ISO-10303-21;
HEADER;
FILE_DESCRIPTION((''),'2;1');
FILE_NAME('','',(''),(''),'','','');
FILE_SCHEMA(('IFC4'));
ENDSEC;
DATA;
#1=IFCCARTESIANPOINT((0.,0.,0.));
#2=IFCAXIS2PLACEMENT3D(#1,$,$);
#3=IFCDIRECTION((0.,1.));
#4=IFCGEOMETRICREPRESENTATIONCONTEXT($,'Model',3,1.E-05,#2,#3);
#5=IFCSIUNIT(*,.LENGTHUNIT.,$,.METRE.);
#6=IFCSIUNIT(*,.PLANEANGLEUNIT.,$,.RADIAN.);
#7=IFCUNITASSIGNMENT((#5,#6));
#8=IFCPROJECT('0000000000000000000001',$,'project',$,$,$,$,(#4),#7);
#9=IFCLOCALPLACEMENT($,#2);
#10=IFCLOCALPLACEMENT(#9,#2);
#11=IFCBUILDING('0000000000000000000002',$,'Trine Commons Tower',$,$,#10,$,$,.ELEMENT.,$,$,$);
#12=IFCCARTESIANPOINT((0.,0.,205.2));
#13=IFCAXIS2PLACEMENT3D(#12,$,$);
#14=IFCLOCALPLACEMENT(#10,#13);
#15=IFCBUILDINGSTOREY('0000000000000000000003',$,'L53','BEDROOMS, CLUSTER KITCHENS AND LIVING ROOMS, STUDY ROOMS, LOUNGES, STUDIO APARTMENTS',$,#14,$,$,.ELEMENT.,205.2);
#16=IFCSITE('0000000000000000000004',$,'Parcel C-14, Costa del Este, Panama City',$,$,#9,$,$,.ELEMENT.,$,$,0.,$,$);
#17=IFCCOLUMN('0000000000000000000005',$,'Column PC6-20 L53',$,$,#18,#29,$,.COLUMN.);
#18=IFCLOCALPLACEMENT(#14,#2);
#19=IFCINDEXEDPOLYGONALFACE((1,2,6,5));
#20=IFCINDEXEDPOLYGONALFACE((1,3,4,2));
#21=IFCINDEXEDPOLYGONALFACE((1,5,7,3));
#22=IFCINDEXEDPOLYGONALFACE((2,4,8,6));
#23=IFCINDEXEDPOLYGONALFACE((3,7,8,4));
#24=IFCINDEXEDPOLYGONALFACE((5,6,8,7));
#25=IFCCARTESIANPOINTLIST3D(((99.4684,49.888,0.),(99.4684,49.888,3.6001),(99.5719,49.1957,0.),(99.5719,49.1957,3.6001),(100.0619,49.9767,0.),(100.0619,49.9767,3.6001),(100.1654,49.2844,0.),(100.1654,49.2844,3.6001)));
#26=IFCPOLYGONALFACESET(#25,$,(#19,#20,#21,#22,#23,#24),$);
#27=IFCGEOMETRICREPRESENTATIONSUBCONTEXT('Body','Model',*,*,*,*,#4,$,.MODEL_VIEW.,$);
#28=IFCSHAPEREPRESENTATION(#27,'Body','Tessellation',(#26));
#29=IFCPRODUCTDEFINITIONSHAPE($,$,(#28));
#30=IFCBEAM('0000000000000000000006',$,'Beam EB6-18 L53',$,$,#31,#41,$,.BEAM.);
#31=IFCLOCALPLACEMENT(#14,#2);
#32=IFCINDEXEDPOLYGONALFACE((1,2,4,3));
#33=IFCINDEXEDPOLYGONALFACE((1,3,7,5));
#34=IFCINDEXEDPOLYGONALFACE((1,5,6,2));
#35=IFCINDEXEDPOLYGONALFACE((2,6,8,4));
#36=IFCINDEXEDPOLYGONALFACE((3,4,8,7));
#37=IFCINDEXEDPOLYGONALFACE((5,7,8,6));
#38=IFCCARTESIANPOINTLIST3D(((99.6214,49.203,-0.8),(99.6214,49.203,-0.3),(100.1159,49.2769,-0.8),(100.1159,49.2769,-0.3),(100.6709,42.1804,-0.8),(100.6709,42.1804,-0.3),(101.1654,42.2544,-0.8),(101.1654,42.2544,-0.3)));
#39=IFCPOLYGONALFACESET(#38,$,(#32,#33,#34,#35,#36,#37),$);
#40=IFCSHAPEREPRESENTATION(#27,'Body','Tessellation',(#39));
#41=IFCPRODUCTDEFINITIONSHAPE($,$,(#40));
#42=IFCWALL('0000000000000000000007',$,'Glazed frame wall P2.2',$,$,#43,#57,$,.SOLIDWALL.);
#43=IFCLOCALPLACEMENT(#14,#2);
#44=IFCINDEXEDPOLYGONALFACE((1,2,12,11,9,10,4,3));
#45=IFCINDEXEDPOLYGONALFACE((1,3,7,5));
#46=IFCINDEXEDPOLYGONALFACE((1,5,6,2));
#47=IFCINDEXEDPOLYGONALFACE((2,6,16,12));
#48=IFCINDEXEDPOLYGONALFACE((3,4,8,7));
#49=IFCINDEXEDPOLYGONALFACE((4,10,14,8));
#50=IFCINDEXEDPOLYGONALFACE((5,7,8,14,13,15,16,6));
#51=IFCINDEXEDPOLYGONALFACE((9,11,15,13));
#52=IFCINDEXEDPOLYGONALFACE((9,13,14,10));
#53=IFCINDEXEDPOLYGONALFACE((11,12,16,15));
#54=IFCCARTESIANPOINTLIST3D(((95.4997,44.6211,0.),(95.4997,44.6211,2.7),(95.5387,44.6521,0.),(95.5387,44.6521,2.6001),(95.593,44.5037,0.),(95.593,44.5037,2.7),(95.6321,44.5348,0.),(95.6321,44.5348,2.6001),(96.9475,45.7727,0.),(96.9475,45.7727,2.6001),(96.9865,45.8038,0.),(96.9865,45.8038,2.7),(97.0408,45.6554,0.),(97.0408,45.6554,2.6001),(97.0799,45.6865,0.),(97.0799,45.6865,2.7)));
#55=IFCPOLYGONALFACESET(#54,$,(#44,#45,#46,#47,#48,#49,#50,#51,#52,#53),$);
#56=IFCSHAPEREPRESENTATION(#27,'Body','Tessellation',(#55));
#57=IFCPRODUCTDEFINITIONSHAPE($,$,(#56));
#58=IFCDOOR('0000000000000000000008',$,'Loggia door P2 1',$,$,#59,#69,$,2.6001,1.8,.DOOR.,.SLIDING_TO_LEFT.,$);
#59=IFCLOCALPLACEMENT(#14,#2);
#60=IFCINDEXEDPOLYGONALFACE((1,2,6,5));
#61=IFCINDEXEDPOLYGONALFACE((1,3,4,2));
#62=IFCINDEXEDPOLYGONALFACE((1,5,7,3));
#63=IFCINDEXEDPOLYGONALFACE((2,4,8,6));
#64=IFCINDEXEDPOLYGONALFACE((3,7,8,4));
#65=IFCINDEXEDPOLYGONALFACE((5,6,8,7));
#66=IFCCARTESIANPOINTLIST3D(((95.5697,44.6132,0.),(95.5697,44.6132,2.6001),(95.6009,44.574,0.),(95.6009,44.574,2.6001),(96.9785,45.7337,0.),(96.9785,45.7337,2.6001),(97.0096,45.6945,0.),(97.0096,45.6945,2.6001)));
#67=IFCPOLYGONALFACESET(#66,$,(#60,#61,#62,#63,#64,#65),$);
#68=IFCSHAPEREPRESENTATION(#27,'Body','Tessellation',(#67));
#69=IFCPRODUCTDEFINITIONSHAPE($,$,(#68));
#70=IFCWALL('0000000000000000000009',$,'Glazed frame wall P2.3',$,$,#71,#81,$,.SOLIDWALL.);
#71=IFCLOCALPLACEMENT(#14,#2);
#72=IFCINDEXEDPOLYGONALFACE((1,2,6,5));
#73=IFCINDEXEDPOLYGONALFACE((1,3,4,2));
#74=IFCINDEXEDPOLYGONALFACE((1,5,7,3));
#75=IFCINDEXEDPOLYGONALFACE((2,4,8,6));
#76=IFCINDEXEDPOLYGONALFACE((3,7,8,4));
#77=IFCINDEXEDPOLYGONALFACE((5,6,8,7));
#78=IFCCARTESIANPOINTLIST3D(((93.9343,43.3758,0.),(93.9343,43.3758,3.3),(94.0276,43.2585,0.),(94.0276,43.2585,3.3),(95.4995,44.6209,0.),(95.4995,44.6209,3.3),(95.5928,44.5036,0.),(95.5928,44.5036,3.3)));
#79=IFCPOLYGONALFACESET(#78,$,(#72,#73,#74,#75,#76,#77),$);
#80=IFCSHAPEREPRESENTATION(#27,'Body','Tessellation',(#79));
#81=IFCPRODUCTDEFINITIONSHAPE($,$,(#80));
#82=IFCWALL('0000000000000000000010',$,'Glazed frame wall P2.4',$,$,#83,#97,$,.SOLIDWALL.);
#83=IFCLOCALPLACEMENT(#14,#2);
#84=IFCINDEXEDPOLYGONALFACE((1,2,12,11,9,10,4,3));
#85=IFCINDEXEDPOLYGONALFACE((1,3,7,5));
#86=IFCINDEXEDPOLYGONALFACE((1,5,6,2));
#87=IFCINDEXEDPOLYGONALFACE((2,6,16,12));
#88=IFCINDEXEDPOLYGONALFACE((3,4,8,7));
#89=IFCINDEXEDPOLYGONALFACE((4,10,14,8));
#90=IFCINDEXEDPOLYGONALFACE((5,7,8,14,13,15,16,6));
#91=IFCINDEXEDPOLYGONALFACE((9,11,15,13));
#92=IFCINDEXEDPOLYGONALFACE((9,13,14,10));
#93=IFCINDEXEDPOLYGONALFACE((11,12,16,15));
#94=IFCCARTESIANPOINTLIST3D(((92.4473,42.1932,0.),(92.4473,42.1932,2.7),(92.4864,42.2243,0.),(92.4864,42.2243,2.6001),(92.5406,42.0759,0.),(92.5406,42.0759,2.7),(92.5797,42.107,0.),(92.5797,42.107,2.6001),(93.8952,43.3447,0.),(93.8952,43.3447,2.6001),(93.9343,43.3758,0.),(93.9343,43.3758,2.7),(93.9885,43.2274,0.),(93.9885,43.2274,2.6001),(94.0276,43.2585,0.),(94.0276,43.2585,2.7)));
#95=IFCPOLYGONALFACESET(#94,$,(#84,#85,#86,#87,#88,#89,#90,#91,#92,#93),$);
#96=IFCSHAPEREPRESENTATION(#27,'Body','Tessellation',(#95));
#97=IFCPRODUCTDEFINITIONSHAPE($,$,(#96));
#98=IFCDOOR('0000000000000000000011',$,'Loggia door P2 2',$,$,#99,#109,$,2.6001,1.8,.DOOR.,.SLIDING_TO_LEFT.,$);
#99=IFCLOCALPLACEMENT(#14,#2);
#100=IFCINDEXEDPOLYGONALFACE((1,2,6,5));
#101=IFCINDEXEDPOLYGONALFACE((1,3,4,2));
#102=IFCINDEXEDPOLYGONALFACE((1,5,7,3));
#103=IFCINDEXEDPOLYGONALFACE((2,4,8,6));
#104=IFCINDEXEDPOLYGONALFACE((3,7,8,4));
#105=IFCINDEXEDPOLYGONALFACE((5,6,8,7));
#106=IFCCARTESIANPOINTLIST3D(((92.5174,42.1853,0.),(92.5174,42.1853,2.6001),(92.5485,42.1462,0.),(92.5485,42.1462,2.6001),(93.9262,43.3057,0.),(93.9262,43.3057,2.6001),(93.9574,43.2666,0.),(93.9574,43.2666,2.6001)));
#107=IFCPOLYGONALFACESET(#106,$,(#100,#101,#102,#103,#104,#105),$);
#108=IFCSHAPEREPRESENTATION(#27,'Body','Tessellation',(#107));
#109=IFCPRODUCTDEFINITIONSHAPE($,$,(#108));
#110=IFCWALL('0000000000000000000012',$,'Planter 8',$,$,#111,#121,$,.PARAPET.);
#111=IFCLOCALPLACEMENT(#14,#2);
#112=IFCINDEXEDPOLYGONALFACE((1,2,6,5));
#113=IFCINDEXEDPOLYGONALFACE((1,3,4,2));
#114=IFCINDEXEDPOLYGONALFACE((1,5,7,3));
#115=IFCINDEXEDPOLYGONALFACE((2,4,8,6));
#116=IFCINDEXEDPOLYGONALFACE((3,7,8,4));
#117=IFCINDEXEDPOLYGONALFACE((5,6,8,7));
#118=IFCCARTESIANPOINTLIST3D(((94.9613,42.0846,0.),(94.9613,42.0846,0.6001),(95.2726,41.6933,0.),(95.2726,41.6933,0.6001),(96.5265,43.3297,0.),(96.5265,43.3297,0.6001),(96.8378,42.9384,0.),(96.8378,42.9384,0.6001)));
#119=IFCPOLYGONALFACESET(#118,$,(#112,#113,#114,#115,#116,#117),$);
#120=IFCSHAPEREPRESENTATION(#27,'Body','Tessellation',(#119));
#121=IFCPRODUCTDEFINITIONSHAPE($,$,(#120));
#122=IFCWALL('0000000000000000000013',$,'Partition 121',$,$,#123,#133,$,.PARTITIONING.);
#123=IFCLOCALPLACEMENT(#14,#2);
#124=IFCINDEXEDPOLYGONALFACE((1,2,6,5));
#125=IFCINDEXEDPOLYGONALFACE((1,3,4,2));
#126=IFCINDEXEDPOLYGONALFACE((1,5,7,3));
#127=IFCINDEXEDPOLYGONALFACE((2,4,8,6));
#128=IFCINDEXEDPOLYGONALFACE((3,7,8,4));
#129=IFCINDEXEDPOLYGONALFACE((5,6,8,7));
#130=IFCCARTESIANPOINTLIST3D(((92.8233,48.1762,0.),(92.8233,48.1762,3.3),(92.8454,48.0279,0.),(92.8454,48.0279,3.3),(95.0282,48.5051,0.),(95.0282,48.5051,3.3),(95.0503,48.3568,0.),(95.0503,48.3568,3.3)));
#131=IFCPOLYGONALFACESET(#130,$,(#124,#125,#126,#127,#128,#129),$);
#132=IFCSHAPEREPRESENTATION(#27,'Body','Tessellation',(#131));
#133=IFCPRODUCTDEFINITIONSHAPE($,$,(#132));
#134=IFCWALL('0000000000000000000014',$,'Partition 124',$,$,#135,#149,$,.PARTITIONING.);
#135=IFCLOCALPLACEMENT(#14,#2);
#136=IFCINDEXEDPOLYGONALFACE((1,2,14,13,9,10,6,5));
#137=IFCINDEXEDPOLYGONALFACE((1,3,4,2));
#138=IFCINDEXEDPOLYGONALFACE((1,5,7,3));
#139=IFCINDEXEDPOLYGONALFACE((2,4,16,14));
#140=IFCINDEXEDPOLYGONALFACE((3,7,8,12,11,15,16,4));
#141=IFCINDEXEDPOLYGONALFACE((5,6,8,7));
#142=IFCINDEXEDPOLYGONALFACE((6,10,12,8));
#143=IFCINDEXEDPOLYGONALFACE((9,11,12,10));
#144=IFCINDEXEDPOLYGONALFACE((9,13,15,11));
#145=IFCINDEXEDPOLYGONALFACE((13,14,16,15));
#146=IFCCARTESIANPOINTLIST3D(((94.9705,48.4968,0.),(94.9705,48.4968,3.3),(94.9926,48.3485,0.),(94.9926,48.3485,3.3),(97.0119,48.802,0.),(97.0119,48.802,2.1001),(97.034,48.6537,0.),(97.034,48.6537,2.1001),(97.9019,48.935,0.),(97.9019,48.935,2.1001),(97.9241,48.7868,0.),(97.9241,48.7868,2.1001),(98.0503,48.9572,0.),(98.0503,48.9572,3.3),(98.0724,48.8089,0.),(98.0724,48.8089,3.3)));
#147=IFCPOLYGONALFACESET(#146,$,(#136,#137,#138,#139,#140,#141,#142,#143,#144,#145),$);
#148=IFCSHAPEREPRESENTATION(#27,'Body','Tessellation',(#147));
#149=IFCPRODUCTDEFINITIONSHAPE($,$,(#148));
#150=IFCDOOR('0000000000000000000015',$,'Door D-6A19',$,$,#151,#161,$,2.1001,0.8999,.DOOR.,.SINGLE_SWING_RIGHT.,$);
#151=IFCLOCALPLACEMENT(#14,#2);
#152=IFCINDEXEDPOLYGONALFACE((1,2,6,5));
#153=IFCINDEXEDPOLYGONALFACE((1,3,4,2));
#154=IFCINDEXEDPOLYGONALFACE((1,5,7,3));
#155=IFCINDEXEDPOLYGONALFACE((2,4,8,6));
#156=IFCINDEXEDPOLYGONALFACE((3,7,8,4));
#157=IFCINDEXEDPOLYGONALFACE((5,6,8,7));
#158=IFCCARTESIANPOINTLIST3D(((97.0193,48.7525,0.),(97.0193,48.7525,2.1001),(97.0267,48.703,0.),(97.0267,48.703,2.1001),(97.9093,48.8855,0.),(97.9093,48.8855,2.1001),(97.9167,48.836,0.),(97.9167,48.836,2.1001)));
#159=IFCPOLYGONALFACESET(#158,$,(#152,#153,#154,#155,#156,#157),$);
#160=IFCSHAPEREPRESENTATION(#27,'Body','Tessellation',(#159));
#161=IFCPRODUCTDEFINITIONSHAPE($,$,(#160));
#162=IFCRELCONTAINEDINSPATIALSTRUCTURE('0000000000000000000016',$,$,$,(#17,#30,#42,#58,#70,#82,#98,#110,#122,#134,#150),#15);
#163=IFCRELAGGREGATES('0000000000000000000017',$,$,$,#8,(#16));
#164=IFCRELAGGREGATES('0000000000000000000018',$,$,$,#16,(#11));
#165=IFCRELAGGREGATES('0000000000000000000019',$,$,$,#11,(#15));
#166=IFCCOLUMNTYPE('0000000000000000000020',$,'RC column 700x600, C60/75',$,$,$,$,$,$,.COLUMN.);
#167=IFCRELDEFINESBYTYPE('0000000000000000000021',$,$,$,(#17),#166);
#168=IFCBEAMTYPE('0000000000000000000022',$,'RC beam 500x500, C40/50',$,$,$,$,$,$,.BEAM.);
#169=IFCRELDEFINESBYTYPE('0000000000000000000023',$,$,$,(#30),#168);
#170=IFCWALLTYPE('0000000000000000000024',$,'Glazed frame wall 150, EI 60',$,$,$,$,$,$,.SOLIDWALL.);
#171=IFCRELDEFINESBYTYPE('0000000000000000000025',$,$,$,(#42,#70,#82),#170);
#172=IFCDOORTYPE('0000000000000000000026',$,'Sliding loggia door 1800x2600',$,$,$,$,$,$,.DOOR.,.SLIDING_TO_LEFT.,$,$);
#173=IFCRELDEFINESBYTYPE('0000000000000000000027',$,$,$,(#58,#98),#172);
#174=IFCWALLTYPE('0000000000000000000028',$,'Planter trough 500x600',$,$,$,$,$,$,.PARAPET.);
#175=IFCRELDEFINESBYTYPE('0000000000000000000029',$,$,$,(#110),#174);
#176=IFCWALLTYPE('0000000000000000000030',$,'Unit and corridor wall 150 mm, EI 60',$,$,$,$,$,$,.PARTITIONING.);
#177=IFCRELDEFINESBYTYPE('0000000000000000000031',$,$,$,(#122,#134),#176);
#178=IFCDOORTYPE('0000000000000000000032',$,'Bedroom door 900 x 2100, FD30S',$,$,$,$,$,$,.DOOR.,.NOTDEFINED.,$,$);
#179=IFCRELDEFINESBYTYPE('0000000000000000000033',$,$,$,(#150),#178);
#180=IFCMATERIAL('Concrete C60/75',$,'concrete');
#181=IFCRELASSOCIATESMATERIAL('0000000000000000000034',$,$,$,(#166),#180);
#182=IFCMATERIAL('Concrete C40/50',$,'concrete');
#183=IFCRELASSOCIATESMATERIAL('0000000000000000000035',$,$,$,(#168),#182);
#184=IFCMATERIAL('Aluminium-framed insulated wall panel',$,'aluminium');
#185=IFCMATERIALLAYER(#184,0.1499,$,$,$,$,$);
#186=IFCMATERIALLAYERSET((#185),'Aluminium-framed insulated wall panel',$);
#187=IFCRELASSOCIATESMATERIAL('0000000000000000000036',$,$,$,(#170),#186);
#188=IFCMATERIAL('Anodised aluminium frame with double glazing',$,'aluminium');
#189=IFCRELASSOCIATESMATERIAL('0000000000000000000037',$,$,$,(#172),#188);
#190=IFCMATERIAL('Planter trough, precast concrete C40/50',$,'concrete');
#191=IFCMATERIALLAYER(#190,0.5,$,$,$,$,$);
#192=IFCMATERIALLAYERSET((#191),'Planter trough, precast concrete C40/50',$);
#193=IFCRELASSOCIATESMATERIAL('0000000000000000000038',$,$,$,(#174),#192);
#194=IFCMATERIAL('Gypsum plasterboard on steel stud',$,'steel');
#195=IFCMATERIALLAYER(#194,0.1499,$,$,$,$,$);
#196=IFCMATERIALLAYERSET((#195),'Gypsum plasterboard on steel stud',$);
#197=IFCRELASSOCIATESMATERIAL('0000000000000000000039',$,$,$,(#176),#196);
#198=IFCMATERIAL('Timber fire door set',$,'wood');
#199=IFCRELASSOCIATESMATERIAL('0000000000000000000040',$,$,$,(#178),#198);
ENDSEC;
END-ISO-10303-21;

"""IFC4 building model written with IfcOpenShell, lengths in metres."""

from ifc_helpers import new_model, si_unit, direction, frame, frame_2d, origin, origin_2d, place, context, subcontext, project, spatial, polyline, rectangle, outline, extrude, material, layer, layer_set, material_profile, profile_set, type_object, element, fill, save


model = new_model("IFC4")

# Units and contexts
model_context = context("Model", 3, precision=1e-05, world=origin(), true_north=direction((0.0, 1.0)))
body_context = subcontext(model_context, "Body", "Model", "MODEL_VIEW")
ifc_project = project(units=[si_unit("LENGTHUNIT", "METRE"), si_unit("PLANEANGLEUNIT", "RADIAN")], contexts=[model_context])

# Site, building, storey
site_placement = place(None, origin())
site = spatial("IfcSite", under=ifc_project, at=site_placement, Name="Parcel C-14, Costa del Este, Panama City", CompositionType="ELEMENT", RefElevation=0.0)
building_placement = place(site_placement, origin())
building = spatial("IfcBuilding", under=site, at=building_placement, Name="Trine Commons Tower", CompositionType="ELEMENT")
storey_placement = place(building_placement, frame((0.0, 0.0, 205.2)))
storey = spatial("IfcBuildingStorey", under=building, at=storey_placement, Name="L53", Description="BEDROOMS, CLUSTER KITCHENS AND LIVING ROOMS, STUDY ROOMS, LOUNGES, STUDIO APARTMENTS", CompositionType="ELEMENT", Elevation=205.2)

# Column
ifc_material_1 = material(Name="Concrete C60/75", Category="concrete")
ifc_material_profile_1 = material_profile(ifc_material_1, rectangle(XDim=0.7, YDim=0.6001, at=origin_2d()), Name="RC 700x600")
ifc_profile_set_1 = profile_set([ifc_material_profile_1], Name="Concrete C60/75")
column_type = type_object("IfcColumnType", Name="RC column 700x600, C60/75", PredefinedType="COLUMN", material=ifc_profile_set_1)
column_placement = place(storey_placement, frame((99.8169, 49.5862, 0.0), z_axis=(0.0, 0.0, 1.0), x_axis=(-0.147809, 0.989016, 0.0)))
element("IfcColumn", 1, at=column_placement, inside=storey, type_object=column_type, Name="Column PC6-20 L53", PredefinedType="COLUMN", context=body_context, shape_type="SweptSolid", body=[
    extrude(rectangle(XDim=0.7, YDim=0.6001, at=origin_2d()), origin(), (0.0, 0.0, 1.0), 3.6001),
])

# Beam
ifc_material_2 = material(Name="Concrete C40/50", Category="concrete")
ifc_material_profile_2 = material_profile(ifc_material_2, rectangle(XDim=0.5, YDim=0.5, at=origin_2d()), Name="RC 500x500")
ifc_profile_set_2 = profile_set([ifc_material_profile_2], Name="Concrete C40/50")
beam_type = type_object("IfcBeamType", Name="RC beam 500x500, C40/50", PredefinedType="BEAM", material=ifc_profile_set_2)
beam_placement = place(storey_placement, frame((99.8687, 49.24, -0.55), z_axis=(0.147811, -0.989016, 0.0), x_axis=(0.989016, 0.147811, 0.0)))
element("IfcBeam", 2, at=beam_placement, inside=storey, type_object=beam_type, Name="Beam EB6-18 L53", PredefinedType="BEAM", context=body_context, shape_type="SweptSolid", body=[
    extrude(rectangle(XDim=0.5, YDim=0.5, at=origin_2d()), origin(), (0.0, 0.0, 1.0), 7.1006),
])

# Shared definitions
ifc_material_3 = material(Name="Aluminium-framed insulated wall panel", Category="aluminium")
ifc_layer_1 = layer(ifc_material_3, 0.1499)
ifc_layer_set_1 = layer_set([ifc_layer_1], Name="Aluminium-framed insulated wall panel")
wall_type_1 = type_object("IfcWallType", Name="Glazed frame wall 150, EI 60", PredefinedType="SOLIDWALL", material=ifc_layer_set_1)

# Wall, opening, door
wall_1_placement = place(storey_placement, frame((97.0332, 45.7451, 0.0), z_axis=(0.0, 0.0, 1.0), x_axis=(-0.782608, -0.622515, 0.0)))
wall_1 = element("IfcWall", 3, at=wall_1_placement, inside=storey, type_object=wall_type_1, Name="Glazed frame wall P2.2", PredefinedType="SOLIDWALL", context=body_context, shape_type="SweptSolid", body=[
    extrude(outline(polyline([(0.0, -0.075), (1.8999, -0.075), (1.8999, 0.075), (0.0, 0.075), (0.0, -0.075)])), origin(), (0.0, 0.0, 1.0), 2.7),
])
opening_1_placement = place(wall_1_placement, frame((0.05, 0.0, 0.0)))
opening_1 = element("IfcOpeningElement", 4, at=opening_1_placement, cuts=wall_1, PredefinedType="OPENING", context=body_context, shape_type="SweptSolid", body=[
    extrude(rectangle(XDim=1.8, YDim=2.6001, at=frame_2d((0.8999, 1.3))), frame((0.0, 0.085, 0.0), z_axis=(0.0, -1.0, 0.0), x_axis=(1.0, 0.0, 0.0)), (0.0, 0.0, 1.0), 0.1699),
])
ifc_material_4 = material(Name="Anodised aluminium frame with double glazing", Category="aluminium")
door_type_1 = type_object("IfcDoorType", Name="Sliding loggia door 1800x2600", OperationType="SLIDING_TO_LEFT", PredefinedType="DOOR", material=ifc_material_4)
door_1_placement = place(opening_1_placement, origin())
door_1 = element("IfcDoor", 5, at=door_1_placement, inside=storey, type_object=door_type_1, Name="Loggia door P2 1", OperationType="SLIDING_TO_LEFT", OverallHeight=2.6001, OverallWidth=1.8, PredefinedType="DOOR", context=body_context, shape_type="SweptSolid", body=[
    extrude(rectangle(XDim=1.8, YDim=2.6001, at=frame_2d((0.8999, 1.3))), frame((0.0, 0.0249, 0.0), z_axis=(0.0, -1.0, 0.0), x_axis=(1.0, 0.0, 0.0)), (0.0, 0.0, 1.0), 0.05),
])
fill(opening_1, door_1)

# Wall
wall_2_placement = place(storey_placement, frame((95.5461, 44.5623, 0.0), z_axis=(0.0, 0.0, 1.0), x_axis=(-0.782581, -0.622549, 0.0)))
element("IfcWall", 6, at=wall_2_placement, inside=storey, type_object=wall_type_1, Name="Glazed frame wall P2.3", PredefinedType="SOLIDWALL", context=body_context, shape_type="SweptSolid", body=[
    extrude(outline(polyline([(0.0, -0.075), (2.0, -0.075), (2.0, 0.075), (0.0, 0.075), (0.0, -0.075)])), origin(), (0.0, 0.0, 1.0), 3.3),
])

# Wall, opening, door
wall_3_placement = place(storey_placement, frame((93.981, 43.3171, 0.0), z_axis=(0.0, 0.0, 1.0), x_axis=(-0.782671, -0.622436, 0.0)))
wall_3 = element("IfcWall", 7, at=wall_3_placement, inside=storey, type_object=wall_type_1, Name="Glazed frame wall P2.4", PredefinedType="SOLIDWALL", context=body_context, shape_type="SweptSolid", body=[
    extrude(outline(polyline([(0.0, -0.075), (1.8999, -0.075), (1.8999, 0.075), (0.0, 0.075), (0.0, -0.075)])), origin(), (0.0, 0.0, 1.0), 2.7),
])
opening_2_placement = place(wall_3_placement, frame((0.05, 0.0, 0.0)))
opening_2 = element("IfcOpeningElement", 8, at=opening_2_placement, cuts=wall_3, PredefinedType="OPENING", context=body_context, shape_type="SweptSolid", body=[
    extrude(rectangle(XDim=1.8, YDim=2.6001, at=frame_2d((0.8999, 1.3))), frame((0.0, 0.085, 0.0), z_axis=(0.0, -1.0, 0.0), x_axis=(1.0, 0.0, 0.0)), (0.0, 0.0, 1.0), 0.1699),
])
door_2_placement = place(opening_2_placement, origin())
door_2 = element("IfcDoor", 9, at=door_2_placement, inside=storey, type_object=door_type_1, Name="Loggia door P2 2", OperationType="SLIDING_TO_LEFT", OverallHeight=2.6001, OverallWidth=1.8, PredefinedType="DOOR", context=body_context, shape_type="SweptSolid", body=[
    extrude(rectangle(XDim=1.8, YDim=2.6001, at=frame_2d((0.8999, 1.3))), frame((0.0, 0.0249, 0.0), z_axis=(0.0, -1.0, 0.0), x_axis=(1.0, 0.0, 0.0)), (0.0, 0.0, 1.0), 0.05),
])
fill(opening_2, door_2)

# Walls
ifc_material_5 = material(Name="Planter trough, precast concrete C40/50", Category="concrete")
ifc_layer_2 = layer(ifc_material_5, 0.5)
ifc_layer_set_2 = layer_set([ifc_layer_2], Name="Planter trough, precast concrete C40/50")
wall_type_2 = type_object("IfcWallType", Name="Planter trough 500x600", PredefinedType="PARAPET", material=ifc_layer_set_2)
wall_4_placement = place(storey_placement, frame((96.6821, 43.134, 0.0), z_axis=(0.0, 0.0, 1.0), x_axis=(-0.782581, -0.622549, 0.0)))
element("IfcWall", 10, at=wall_4_placement, inside=storey, type_object=wall_type_2, Name="Planter 8", PredefinedType="PARAPET", context=body_context, shape_type="SweptSolid", body=[
    extrude(rectangle(XDim=2.0, YDim=0.5, at=frame_2d((1.0, 0.0))), origin(), (0.0, 0.0, 1.0), 0.6001),
])
ifc_material_6 = material(Name="Gypsum plasterboard on steel stud", Category="steel")
ifc_layer_3 = layer(ifc_material_6, 0.1499)
ifc_layer_set_3 = layer_set([ifc_layer_3], Name="Gypsum plasterboard on steel stud")
wall_type_3 = type_object("IfcWallType", Name="Unit and corridor wall 150 mm, EI 60", PredefinedType="PARTITIONING", material=ifc_layer_set_3)
wall_5_placement = place(storey_placement, frame((92.8342, 48.1021, 0.0), z_axis=(0.0, 0.0, 1.0), x_axis=(0.989059, 0.147521, 0.0)))
element("IfcWall", 11, at=wall_5_placement, inside=storey, type_object=wall_type_3, Name="Partition 121", PredefinedType="PARTITIONING", context=body_context, shape_type="SweptSolid", body=[
    extrude(rectangle(XDim=2.2292, YDim=0.1499, at=frame_2d((1.1147, 0.0))), origin(), (0.0, 0.0, 1.0), 3.3),
])

# Wall, opening, door
wall_6_placement = place(storey_placement, frame((94.9814, 48.4226, 0.0), z_axis=(0.0, 0.0, 1.0), x_axis=(0.989008, 0.147861, 0.0)))
wall_6 = element("IfcWall", 12, at=wall_6_placement, inside=storey, type_object=wall_type_3, Name="Partition 124", PredefinedType="PARTITIONING", context=body_context, shape_type="SweptSolid", body=[
    extrude(rectangle(XDim=3.114, YDim=0.1499, at=frame_2d((1.5571, 0.0))), origin(), (0.0, 0.0, 1.0), 3.3),
])
opening_3_placement = place(wall_6_placement, frame((2.0642, 0.0, 0.0)))
opening_3 = element("IfcOpeningElement", 13, at=opening_3_placement, cuts=wall_6, PredefinedType="OPENING", context=body_context, shape_type="SweptSolid", body=[
    extrude(rectangle(XDim=0.8999, YDim=2.1001, at=frame_2d((0.45, 1.05))), frame((0.0, 0.085, 0.0), z_axis=(0.0, -1.0, 0.0), x_axis=(1.0, 0.0, 0.0)), (0.0, 0.0, 1.0), 0.1699),
])
ifc_material_7 = material(Name="Timber fire door set", Category="wood")
door_type_2 = type_object("IfcDoorType", Name="Bedroom door 900 x 2100, FD30S", OperationType="NOTDEFINED", PredefinedType="DOOR", material=ifc_material_7)
door_3_placement = place(opening_3_placement, origin())
door_3 = element("IfcDoor", 14, at=door_3_placement, inside=storey, type_object=door_type_2, Name="Door D-6A19", OperationType="SINGLE_SWING_RIGHT", OverallHeight=2.1001, OverallWidth=0.8999, PredefinedType="DOOR", context=body_context, shape_type="SweptSolid", body=[
    extrude(rectangle(XDim=0.8999, YDim=2.1001, at=frame_2d((0.45, 1.05))), frame((0.0, 0.0249, 0.0), z_axis=(0.0, -1.0, 0.0), x_axis=(1.0, 0.0, 0.0)), (0.0, 0.0, 1.0), 0.05),
])
fill(opening_3, door_3)

save(model, "model.ifc")
